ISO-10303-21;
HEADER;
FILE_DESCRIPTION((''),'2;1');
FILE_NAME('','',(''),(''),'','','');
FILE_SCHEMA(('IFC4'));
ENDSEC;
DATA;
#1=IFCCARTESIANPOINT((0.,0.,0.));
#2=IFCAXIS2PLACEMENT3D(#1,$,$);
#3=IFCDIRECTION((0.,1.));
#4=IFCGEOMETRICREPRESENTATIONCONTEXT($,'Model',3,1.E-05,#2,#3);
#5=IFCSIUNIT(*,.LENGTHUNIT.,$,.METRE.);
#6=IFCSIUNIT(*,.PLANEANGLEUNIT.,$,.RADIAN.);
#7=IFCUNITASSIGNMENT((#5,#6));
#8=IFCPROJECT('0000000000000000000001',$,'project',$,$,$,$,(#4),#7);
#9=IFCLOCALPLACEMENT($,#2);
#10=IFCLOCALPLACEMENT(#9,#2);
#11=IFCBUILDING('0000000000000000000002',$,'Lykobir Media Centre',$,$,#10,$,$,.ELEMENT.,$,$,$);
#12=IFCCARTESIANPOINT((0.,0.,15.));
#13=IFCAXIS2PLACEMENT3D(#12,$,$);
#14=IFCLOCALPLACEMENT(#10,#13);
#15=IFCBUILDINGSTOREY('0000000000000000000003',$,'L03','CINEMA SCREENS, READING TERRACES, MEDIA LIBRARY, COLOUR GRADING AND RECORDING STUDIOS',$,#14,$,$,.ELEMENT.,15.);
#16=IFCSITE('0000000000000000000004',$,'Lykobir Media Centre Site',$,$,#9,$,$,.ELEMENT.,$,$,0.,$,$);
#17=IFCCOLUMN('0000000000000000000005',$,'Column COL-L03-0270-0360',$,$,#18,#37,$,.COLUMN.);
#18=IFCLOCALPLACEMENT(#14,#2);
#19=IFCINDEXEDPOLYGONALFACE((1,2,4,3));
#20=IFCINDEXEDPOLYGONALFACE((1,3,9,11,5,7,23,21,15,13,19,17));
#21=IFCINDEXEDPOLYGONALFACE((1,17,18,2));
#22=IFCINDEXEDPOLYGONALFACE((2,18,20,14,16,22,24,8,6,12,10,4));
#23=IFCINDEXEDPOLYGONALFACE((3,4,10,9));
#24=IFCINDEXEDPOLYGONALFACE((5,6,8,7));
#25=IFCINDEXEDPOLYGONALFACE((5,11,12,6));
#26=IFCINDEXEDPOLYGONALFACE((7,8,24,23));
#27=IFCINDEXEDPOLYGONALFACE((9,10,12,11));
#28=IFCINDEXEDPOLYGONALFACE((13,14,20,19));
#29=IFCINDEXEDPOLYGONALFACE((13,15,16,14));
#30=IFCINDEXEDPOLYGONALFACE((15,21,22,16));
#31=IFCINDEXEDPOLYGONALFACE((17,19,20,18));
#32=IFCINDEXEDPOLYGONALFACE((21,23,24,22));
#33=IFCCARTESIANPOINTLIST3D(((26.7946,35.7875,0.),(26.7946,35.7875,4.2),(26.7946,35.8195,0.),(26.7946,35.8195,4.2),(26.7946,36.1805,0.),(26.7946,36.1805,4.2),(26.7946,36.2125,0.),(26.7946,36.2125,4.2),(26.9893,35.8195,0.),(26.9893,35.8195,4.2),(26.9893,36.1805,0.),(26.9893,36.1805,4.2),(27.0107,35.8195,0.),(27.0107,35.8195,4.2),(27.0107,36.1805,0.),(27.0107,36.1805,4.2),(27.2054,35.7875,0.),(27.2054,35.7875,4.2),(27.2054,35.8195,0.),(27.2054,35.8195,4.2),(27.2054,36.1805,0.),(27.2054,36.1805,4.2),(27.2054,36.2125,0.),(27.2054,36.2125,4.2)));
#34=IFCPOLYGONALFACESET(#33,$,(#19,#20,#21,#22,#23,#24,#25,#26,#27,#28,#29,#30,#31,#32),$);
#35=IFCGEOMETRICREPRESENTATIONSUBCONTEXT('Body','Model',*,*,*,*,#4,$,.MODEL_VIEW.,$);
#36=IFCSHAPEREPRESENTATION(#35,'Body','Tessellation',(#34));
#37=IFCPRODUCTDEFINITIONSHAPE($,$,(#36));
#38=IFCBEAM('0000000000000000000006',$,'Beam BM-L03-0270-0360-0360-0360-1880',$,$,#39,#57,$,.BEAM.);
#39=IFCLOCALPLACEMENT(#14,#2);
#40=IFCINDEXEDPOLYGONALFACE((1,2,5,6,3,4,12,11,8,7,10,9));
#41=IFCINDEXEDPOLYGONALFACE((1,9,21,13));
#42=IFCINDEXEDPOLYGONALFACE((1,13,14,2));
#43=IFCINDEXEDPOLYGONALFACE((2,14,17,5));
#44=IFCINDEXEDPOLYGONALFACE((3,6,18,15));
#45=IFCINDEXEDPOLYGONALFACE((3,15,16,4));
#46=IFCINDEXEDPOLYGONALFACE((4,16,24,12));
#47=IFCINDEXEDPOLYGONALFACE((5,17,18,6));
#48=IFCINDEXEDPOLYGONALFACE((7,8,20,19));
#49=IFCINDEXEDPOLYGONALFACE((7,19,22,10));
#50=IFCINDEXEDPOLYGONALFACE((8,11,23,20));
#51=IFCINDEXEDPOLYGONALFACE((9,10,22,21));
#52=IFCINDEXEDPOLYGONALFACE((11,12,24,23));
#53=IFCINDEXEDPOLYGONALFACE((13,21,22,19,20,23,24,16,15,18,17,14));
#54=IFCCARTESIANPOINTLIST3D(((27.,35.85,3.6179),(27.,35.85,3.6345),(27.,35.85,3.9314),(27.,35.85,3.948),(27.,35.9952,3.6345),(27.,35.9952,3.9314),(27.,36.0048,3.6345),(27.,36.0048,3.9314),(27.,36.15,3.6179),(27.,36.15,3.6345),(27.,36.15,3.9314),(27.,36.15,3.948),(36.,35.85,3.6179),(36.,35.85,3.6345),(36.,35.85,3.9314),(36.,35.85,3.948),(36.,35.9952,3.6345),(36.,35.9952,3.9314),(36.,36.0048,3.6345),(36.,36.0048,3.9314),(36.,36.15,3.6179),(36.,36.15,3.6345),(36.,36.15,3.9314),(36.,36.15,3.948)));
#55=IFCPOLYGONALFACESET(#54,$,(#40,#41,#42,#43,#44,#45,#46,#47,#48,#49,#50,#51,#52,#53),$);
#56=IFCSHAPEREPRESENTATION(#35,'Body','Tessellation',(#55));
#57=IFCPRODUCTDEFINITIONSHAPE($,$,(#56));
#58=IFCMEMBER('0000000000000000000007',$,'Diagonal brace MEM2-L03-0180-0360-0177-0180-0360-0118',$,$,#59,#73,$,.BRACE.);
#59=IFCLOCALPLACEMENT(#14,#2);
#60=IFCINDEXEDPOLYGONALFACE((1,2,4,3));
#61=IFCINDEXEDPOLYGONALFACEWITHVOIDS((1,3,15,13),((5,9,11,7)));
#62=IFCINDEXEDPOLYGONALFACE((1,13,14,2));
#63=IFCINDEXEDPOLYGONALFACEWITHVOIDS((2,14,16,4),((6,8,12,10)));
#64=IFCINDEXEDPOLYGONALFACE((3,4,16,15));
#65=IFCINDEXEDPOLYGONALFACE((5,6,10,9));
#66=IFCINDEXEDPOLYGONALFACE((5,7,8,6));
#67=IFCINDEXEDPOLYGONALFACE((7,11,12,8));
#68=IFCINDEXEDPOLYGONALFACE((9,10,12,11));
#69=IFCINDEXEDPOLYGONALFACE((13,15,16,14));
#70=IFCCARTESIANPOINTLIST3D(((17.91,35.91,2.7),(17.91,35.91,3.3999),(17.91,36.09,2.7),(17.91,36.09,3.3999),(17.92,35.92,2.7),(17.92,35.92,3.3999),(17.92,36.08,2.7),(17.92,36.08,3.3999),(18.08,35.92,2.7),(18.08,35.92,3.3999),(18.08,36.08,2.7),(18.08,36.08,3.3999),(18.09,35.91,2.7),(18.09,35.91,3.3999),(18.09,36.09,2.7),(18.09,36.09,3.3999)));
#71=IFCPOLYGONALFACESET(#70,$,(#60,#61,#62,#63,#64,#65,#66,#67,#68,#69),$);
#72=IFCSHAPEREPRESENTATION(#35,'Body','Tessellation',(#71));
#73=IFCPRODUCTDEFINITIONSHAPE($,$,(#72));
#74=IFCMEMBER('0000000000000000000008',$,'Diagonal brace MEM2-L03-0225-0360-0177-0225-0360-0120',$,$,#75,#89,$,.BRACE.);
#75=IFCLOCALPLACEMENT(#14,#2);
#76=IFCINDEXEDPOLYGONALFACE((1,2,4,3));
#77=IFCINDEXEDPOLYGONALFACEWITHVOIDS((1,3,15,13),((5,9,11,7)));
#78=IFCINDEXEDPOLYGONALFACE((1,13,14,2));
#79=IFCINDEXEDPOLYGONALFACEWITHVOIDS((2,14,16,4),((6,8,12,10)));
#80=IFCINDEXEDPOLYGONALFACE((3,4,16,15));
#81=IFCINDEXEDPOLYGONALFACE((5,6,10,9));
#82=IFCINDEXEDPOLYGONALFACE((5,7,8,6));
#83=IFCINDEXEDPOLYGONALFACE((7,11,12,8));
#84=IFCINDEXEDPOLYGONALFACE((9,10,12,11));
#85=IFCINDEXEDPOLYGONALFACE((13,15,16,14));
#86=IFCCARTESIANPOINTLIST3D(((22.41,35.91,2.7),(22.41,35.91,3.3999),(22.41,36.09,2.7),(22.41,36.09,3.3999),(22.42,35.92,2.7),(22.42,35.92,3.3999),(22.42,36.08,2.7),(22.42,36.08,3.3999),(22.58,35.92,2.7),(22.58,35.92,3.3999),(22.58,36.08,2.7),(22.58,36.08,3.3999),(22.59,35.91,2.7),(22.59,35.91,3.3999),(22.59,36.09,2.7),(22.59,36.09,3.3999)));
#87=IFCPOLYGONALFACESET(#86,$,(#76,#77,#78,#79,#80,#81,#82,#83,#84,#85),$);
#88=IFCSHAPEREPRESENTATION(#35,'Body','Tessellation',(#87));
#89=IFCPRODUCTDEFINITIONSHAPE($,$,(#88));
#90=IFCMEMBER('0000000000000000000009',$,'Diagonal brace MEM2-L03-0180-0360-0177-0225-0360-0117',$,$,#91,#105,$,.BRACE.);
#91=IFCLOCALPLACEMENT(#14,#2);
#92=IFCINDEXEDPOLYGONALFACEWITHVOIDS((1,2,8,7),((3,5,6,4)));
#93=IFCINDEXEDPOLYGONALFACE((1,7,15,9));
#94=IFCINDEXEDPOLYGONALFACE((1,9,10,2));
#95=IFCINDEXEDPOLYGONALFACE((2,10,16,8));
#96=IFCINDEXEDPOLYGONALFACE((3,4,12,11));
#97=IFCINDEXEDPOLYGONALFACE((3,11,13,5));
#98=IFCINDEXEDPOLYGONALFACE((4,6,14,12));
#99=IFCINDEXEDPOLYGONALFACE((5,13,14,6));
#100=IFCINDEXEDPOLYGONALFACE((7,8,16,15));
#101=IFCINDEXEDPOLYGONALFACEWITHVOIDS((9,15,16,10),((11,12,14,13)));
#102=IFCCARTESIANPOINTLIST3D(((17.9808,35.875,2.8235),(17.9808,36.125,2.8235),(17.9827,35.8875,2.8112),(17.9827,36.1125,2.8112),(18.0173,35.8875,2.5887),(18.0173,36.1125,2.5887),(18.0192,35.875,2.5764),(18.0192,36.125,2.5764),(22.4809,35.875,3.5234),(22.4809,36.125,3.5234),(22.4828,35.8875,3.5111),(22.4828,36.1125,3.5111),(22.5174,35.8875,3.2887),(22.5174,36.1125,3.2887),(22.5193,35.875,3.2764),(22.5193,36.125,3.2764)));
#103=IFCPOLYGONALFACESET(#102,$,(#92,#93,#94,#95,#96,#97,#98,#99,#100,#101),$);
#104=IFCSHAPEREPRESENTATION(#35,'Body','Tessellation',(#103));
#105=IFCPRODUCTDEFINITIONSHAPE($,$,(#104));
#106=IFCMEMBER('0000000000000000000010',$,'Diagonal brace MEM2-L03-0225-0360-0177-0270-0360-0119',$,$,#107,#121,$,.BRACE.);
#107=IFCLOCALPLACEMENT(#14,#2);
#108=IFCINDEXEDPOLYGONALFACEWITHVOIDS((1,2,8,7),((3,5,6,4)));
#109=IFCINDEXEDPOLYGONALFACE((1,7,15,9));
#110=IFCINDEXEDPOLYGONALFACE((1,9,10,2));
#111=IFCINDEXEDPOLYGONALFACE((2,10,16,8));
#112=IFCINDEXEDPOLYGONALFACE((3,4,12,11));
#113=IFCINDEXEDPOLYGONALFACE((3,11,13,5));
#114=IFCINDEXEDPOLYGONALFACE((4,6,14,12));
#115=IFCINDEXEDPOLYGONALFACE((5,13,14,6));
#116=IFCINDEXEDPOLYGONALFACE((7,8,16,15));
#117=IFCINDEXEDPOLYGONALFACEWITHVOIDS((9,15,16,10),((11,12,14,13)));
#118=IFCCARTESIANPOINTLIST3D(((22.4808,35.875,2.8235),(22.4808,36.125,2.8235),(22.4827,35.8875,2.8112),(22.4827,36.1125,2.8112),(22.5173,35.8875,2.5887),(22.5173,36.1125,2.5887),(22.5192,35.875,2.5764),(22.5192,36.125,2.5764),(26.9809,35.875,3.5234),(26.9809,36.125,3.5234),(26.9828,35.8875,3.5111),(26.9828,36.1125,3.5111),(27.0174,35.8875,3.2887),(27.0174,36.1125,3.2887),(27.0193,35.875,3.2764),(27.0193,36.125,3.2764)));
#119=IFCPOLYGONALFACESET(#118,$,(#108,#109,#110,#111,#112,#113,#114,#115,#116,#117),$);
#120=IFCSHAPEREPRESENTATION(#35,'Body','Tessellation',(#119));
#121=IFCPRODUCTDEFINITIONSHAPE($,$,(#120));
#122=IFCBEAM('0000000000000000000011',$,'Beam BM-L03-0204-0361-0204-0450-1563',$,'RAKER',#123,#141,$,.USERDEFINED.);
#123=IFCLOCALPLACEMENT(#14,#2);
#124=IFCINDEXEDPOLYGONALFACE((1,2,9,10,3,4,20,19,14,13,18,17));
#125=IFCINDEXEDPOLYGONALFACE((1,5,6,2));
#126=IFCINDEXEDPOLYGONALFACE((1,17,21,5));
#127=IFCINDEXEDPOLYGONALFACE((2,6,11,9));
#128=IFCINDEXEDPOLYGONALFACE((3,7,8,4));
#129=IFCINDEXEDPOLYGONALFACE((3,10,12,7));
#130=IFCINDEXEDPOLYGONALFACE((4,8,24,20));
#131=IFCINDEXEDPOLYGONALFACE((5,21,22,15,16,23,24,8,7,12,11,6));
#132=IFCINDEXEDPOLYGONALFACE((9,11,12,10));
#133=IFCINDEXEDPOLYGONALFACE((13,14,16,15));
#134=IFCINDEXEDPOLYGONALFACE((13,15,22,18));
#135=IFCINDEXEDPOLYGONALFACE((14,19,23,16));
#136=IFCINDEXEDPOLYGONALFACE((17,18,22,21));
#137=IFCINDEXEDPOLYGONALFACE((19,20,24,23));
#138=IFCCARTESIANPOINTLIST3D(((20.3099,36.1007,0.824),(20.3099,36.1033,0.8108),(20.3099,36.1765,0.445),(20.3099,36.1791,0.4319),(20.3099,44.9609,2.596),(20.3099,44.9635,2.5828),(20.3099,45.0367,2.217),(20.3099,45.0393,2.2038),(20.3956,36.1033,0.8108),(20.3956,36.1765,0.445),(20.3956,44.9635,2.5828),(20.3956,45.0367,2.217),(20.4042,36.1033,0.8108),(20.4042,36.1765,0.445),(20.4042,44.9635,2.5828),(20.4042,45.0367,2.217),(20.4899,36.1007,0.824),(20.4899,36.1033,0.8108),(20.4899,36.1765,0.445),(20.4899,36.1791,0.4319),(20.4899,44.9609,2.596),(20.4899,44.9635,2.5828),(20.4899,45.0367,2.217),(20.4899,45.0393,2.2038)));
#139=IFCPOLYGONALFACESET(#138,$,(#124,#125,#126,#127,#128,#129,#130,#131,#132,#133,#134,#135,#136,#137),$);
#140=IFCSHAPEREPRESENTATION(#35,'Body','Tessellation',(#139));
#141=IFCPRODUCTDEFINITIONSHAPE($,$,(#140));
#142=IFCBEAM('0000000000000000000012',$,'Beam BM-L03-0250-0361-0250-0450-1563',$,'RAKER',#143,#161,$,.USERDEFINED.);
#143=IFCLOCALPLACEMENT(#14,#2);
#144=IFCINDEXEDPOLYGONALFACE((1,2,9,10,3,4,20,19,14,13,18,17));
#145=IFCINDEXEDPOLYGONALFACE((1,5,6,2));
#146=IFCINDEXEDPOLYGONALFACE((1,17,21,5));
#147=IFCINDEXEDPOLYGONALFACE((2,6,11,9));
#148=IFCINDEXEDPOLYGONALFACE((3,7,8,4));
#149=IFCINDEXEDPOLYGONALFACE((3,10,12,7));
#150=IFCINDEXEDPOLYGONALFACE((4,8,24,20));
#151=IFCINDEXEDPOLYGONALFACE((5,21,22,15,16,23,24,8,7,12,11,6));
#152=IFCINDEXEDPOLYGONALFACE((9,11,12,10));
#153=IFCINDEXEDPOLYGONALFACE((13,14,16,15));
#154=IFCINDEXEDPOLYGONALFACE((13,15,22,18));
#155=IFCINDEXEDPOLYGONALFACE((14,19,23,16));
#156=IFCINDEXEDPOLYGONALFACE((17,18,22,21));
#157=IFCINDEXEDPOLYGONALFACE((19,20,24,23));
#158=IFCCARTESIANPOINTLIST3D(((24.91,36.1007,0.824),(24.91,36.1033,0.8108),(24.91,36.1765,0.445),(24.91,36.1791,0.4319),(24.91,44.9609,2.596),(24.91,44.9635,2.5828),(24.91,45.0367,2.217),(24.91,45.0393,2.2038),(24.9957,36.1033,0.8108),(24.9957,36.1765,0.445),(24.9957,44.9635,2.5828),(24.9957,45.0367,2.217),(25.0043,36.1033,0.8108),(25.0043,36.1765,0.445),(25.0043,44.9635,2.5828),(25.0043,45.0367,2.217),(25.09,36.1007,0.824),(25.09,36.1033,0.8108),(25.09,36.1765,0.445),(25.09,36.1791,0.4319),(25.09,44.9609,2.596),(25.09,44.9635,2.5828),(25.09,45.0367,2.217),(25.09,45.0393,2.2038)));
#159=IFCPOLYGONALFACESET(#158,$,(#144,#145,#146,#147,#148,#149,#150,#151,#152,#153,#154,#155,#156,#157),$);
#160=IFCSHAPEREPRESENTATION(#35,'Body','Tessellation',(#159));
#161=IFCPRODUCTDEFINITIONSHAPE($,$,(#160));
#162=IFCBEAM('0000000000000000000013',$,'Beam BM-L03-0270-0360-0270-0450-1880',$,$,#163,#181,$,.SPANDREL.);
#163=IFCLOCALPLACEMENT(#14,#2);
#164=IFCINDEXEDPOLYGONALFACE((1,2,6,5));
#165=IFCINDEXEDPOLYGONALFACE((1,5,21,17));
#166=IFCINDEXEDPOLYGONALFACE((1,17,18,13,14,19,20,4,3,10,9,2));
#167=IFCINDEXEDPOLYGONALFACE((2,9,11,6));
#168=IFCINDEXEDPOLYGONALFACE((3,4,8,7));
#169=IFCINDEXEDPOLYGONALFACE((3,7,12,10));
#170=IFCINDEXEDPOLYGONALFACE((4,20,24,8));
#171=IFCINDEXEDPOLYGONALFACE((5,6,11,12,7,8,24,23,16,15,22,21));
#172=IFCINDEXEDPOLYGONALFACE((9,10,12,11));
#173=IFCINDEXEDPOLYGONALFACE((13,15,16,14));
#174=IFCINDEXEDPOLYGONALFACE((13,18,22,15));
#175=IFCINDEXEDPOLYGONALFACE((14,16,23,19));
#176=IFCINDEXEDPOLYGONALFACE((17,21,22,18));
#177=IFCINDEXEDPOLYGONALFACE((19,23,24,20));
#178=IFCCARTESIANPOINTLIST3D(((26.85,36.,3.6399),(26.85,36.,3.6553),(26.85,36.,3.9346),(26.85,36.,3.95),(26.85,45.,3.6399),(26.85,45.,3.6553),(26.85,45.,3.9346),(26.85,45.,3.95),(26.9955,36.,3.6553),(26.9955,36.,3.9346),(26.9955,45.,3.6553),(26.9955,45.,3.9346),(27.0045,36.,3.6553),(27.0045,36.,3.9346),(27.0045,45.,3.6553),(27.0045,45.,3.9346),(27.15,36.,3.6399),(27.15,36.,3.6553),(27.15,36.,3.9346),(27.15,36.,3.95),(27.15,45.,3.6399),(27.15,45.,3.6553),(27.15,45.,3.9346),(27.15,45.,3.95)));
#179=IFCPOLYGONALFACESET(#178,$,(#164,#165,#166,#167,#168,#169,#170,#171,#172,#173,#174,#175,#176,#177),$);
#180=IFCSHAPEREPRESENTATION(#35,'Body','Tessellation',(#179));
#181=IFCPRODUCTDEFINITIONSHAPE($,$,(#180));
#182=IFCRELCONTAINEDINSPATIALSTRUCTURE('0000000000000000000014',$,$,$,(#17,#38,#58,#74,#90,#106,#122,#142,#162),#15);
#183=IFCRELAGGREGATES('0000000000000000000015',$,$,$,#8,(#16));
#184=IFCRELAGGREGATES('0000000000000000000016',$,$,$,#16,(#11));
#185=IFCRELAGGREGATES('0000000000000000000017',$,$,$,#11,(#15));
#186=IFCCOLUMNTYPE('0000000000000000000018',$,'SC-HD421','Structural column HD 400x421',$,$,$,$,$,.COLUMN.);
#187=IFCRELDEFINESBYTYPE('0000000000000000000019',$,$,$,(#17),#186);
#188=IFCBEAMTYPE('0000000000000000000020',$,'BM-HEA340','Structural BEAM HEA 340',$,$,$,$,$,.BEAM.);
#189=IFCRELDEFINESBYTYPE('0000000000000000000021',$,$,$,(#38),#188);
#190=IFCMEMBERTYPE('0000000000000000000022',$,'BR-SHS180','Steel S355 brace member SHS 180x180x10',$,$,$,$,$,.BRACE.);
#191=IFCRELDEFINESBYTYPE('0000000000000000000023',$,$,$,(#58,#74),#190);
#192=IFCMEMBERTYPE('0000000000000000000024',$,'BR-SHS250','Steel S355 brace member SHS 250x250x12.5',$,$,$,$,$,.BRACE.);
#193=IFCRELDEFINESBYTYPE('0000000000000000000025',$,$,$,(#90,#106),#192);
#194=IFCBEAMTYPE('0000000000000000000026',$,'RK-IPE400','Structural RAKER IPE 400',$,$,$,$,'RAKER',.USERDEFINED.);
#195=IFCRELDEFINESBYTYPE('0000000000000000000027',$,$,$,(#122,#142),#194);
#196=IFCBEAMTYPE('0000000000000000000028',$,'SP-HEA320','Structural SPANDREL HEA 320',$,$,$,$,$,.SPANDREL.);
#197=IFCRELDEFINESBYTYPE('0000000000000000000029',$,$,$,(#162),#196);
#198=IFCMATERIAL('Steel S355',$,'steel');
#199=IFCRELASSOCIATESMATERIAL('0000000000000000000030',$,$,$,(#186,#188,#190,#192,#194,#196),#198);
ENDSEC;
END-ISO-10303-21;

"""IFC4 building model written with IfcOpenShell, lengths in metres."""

from ifc_helpers import new_model, si_unit, direction, frame, origin, origin_2d, place, context, subcontext, project, spatial, hollow_rectangle, i_section, extrude, material, material_profile, profile_set, type_object, element, save


model = new_model("IFC4")

# Units and contexts
model_context = context("Model", 3, precision=1e-05, world=origin(), true_north=direction((0.0, 1.0)))
body_context = subcontext(model_context, "Body", "Model", "MODEL_VIEW")
ifc_project = project(units=[si_unit("LENGTHUNIT", "METRE"), si_unit("PLANEANGLEUNIT", "RADIAN")], contexts=[model_context])

# Site, building, storey
site_placement = place(None, origin())
site = spatial("IfcSite", under=ifc_project, at=site_placement, Name="Lykobir Media Centre Site", CompositionType="ELEMENT", RefElevation=0.0)
building_placement = place(site_placement, origin())
building = spatial("IfcBuilding", under=site, at=building_placement, Name="Lykobir Media Centre", CompositionType="ELEMENT")
storey_placement = place(building_placement, frame((0.0, 0.0, 15.0)))
storey = spatial("IfcBuildingStorey", under=building, at=storey_placement, Name="L03", Description="CINEMA SCREENS, READING TERRACES, MEDIA LIBRARY, COLOUR GRADING AND RECORDING STUDIOS", CompositionType="ELEMENT", Elevation=15.0)

# Column
ifc_material = material(Name="Steel S355", Category="steel")
ifc_material_profile_1 = material_profile(ifc_material, i_section(OverallWidth=0.4109, OverallDepth=0.425, WebThickness=0.0215, FlangeThickness=0.032, at=origin_2d()), Name="HD 400x421")
ifc_profile_set_1 = profile_set([ifc_material_profile_1], Name="Steel S355")
column_type = type_object("IfcColumnType", Name="SC-HD421", Description="Structural column HD 400x421", PredefinedType="COLUMN", material=ifc_profile_set_1)
column_placement = place(storey_placement, frame((27.0, 36.0, 0.0), z_axis=(0.0, 0.0, 1.0), x_axis=(1.0, 0.0, 0.0)))
element("IfcColumn", 1, at=column_placement, inside=storey, type_object=column_type, Name="Column COL-L03-0270-0360", PredefinedType="COLUMN", context=body_context, shape_type="SweptSolid", body=[
    extrude(i_section(OverallWidth=0.4109, OverallDepth=0.425, WebThickness=0.0215, FlangeThickness=0.032, at=origin_2d()), origin(), (0.0, 0.0, 1.0), 4.2),
])

# Beam
ifc_material_profile_2 = material_profile(ifc_material, i_section(OverallWidth=0.3, OverallDepth=0.3301, WebThickness=0.0095, FlangeThickness=0.0166, at=origin_2d()), Name="HEA 340")
ifc_profile_set_2 = profile_set([ifc_material_profile_2], Name="Steel S355")
beam_type_1 = type_object("IfcBeamType", Name="BM-HEA340", Description="Structural BEAM HEA 340", PredefinedType="BEAM", material=ifc_profile_set_2)
beam_1_placement = place(storey_placement, frame((27.0, 36.0, 3.783), z_axis=(1.0, 0.0, 0.0), x_axis=(0.0, 1.0, 0.0)))
element("IfcBeam", 2, at=beam_1_placement, inside=storey, type_object=beam_type_1, Name="Beam BM-L03-0270-0360-0360-0360-1880", PredefinedType="BEAM", context=body_context, shape_type="SweptSolid", body=[
    extrude(i_section(OverallWidth=0.3, OverallDepth=0.3301, WebThickness=0.0095, FlangeThickness=0.0166, at=origin_2d()), origin(), (0.0, 0.0, 1.0), 9.0),
])

# Members
ifc_material_profile_3 = material_profile(ifc_material, hollow_rectangle(XDim=0.1799, YDim=0.1799, WallThickness=0.01, at=origin_2d()), Name="SHS 180x180x10")
ifc_profile_set_3 = profile_set([ifc_material_profile_3], Name="Steel S355")
member_type_1 = type_object("IfcMemberType", Name="BR-SHS180", Description="Steel S355 brace member SHS 180x180x10", PredefinedType="BRACE", material=ifc_profile_set_3)
for number, where, z_axis, x_axis, name in (
    (3, (18.0, 36.0, 2.7), (0.0, 0.0, 1.0), (1.0, 0.0, 0.0), "Diagonal brace MEM2-L03-0180-0360-0177-0180-0360-0118"),
    (4, (22.5, 36.0, 2.7), (0.0, 0.0, 1.0), (1.0, 0.0, 0.0), "Diagonal brace MEM2-L03-0225-0360-0177-0225-0360-0120"),
):
    element("IfcMember", number, at=place(storey_placement, frame(where, z_axis=z_axis, x_axis=x_axis)), inside=storey, type_object=member_type_1, Name=name, PredefinedType="BRACE", context=body_context, shape_type="SweptSolid", body=[
        extrude(hollow_rectangle(XDim=0.1799, YDim=0.1799, WallThickness=0.01, at=origin_2d()), origin(), (0.0, 0.0, 1.0), 0.7),
    ])
ifc_material_profile_4 = material_profile(ifc_material, hollow_rectangle(XDim=0.25, YDim=0.25, WallThickness=0.0125, at=origin_2d()), Name="SHS 250x250x12.5")
ifc_profile_set_4 = profile_set([ifc_material_profile_4], Name="Steel S355")
member_type_2 = type_object("IfcMemberType", Name="BR-SHS250", Description="Steel S355 brace member SHS 250x250x12.5", PredefinedType="BRACE", material=ifc_profile_set_4)
for number, where, z_axis, x_axis, name in (
    (5, (18.0, 36.0, 2.7), (0.988118, 0.0, 0.153697), (0.0, 1.0, 0.0), "Diagonal brace MEM2-L03-0180-0360-0177-0225-0360-0117"),
    (6, (22.5, 36.0, 2.7), (0.988118, 0.0, 0.153697), (0.0, 1.0, 0.0), "Diagonal brace MEM2-L03-0225-0360-0177-0270-0360-0119"),
):
    element("IfcMember", number, at=place(storey_placement, frame(where, z_axis=z_axis, x_axis=x_axis)), inside=storey, type_object=member_type_2, Name=name, PredefinedType="BRACE", context=body_context, shape_type="SweptSolid", body=[
        extrude(hollow_rectangle(XDim=0.25, YDim=0.25, WallThickness=0.0125, at=origin_2d()), origin(), (0.0, 0.0, 1.0), 4.5542),
    ])

# Beams
ifc_material_profile_5 = material_profile(ifc_material, i_section(OverallWidth=0.1799, OverallDepth=0.3999, WebThickness=0.0085, FlangeThickness=0.0134, at=origin_2d()), Name="IPE 400")
ifc_profile_set_5 = profile_set([ifc_material_profile_5], Name="Steel S355")
beam_type_2 = type_object("IfcBeamType", Name="RK-IPE400", Description="Structural RAKER IPE 400", ElementType="RAKER", PredefinedType="USERDEFINED", material=ifc_profile_set_5)
for number, where, z_axis, x_axis, name in (
    (7, (20.3999, 36.1399, 0.6279), (0.0, 0.980582, 0.196111), (-1.0, 0.0, 0.0), "Beam BM-L03-0204-0361-0204-0450-1563"),
    (8, (25.0, 36.1399, 0.6279), (0.0, 0.980582, 0.196111), (-1.0, 0.0, 0.0), "Beam BM-L03-0250-0361-0250-0450-1563"),
):
    element("IfcBeam", number, at=place(storey_placement, frame(where, z_axis=z_axis, x_axis=x_axis)), inside=storey, type_object=beam_type_2, Name=name, ObjectType="RAKER", PredefinedType="USERDEFINED", context=body_context, shape_type="SweptSolid", body=[
        extrude(i_section(OverallWidth=0.1799, OverallDepth=0.3999, WebThickness=0.0085, FlangeThickness=0.0134, at=origin_2d()), origin(), (0.0, 0.0, 1.0), 9.0356),
    ])
ifc_material_profile_6 = material_profile(ifc_material, i_section(OverallWidth=0.3, OverallDepth=0.3101, WebThickness=0.009, FlangeThickness=0.0154, at=origin_2d()), Name="HEA 320")
ifc_profile_set_6 = profile_set([ifc_material_profile_6], Name="Steel S355")
beam_type_3 = type_object("IfcBeamType", Name="SP-HEA320", Description="Structural SPANDREL HEA 320", PredefinedType="SPANDREL", material=ifc_profile_set_6)
beam_2_placement = place(storey_placement, frame((27.0, 36.0, 3.7949), z_axis=(0.0, 1.0, 0.0), x_axis=(-1.0, 0.0, 0.0)))
element("IfcBeam", 9, at=beam_2_placement, inside=storey, type_object=beam_type_3, Name="Beam BM-L03-0270-0360-0270-0450-1880", PredefinedType="SPANDREL", context=body_context, shape_type="SweptSolid", body=[
    extrude(i_section(OverallWidth=0.3, OverallDepth=0.3101, WebThickness=0.009, FlangeThickness=0.0154, at=origin_2d()), origin(), (0.0, 0.0, 1.0), 9.0),
])

save(model, "model.ifc")
